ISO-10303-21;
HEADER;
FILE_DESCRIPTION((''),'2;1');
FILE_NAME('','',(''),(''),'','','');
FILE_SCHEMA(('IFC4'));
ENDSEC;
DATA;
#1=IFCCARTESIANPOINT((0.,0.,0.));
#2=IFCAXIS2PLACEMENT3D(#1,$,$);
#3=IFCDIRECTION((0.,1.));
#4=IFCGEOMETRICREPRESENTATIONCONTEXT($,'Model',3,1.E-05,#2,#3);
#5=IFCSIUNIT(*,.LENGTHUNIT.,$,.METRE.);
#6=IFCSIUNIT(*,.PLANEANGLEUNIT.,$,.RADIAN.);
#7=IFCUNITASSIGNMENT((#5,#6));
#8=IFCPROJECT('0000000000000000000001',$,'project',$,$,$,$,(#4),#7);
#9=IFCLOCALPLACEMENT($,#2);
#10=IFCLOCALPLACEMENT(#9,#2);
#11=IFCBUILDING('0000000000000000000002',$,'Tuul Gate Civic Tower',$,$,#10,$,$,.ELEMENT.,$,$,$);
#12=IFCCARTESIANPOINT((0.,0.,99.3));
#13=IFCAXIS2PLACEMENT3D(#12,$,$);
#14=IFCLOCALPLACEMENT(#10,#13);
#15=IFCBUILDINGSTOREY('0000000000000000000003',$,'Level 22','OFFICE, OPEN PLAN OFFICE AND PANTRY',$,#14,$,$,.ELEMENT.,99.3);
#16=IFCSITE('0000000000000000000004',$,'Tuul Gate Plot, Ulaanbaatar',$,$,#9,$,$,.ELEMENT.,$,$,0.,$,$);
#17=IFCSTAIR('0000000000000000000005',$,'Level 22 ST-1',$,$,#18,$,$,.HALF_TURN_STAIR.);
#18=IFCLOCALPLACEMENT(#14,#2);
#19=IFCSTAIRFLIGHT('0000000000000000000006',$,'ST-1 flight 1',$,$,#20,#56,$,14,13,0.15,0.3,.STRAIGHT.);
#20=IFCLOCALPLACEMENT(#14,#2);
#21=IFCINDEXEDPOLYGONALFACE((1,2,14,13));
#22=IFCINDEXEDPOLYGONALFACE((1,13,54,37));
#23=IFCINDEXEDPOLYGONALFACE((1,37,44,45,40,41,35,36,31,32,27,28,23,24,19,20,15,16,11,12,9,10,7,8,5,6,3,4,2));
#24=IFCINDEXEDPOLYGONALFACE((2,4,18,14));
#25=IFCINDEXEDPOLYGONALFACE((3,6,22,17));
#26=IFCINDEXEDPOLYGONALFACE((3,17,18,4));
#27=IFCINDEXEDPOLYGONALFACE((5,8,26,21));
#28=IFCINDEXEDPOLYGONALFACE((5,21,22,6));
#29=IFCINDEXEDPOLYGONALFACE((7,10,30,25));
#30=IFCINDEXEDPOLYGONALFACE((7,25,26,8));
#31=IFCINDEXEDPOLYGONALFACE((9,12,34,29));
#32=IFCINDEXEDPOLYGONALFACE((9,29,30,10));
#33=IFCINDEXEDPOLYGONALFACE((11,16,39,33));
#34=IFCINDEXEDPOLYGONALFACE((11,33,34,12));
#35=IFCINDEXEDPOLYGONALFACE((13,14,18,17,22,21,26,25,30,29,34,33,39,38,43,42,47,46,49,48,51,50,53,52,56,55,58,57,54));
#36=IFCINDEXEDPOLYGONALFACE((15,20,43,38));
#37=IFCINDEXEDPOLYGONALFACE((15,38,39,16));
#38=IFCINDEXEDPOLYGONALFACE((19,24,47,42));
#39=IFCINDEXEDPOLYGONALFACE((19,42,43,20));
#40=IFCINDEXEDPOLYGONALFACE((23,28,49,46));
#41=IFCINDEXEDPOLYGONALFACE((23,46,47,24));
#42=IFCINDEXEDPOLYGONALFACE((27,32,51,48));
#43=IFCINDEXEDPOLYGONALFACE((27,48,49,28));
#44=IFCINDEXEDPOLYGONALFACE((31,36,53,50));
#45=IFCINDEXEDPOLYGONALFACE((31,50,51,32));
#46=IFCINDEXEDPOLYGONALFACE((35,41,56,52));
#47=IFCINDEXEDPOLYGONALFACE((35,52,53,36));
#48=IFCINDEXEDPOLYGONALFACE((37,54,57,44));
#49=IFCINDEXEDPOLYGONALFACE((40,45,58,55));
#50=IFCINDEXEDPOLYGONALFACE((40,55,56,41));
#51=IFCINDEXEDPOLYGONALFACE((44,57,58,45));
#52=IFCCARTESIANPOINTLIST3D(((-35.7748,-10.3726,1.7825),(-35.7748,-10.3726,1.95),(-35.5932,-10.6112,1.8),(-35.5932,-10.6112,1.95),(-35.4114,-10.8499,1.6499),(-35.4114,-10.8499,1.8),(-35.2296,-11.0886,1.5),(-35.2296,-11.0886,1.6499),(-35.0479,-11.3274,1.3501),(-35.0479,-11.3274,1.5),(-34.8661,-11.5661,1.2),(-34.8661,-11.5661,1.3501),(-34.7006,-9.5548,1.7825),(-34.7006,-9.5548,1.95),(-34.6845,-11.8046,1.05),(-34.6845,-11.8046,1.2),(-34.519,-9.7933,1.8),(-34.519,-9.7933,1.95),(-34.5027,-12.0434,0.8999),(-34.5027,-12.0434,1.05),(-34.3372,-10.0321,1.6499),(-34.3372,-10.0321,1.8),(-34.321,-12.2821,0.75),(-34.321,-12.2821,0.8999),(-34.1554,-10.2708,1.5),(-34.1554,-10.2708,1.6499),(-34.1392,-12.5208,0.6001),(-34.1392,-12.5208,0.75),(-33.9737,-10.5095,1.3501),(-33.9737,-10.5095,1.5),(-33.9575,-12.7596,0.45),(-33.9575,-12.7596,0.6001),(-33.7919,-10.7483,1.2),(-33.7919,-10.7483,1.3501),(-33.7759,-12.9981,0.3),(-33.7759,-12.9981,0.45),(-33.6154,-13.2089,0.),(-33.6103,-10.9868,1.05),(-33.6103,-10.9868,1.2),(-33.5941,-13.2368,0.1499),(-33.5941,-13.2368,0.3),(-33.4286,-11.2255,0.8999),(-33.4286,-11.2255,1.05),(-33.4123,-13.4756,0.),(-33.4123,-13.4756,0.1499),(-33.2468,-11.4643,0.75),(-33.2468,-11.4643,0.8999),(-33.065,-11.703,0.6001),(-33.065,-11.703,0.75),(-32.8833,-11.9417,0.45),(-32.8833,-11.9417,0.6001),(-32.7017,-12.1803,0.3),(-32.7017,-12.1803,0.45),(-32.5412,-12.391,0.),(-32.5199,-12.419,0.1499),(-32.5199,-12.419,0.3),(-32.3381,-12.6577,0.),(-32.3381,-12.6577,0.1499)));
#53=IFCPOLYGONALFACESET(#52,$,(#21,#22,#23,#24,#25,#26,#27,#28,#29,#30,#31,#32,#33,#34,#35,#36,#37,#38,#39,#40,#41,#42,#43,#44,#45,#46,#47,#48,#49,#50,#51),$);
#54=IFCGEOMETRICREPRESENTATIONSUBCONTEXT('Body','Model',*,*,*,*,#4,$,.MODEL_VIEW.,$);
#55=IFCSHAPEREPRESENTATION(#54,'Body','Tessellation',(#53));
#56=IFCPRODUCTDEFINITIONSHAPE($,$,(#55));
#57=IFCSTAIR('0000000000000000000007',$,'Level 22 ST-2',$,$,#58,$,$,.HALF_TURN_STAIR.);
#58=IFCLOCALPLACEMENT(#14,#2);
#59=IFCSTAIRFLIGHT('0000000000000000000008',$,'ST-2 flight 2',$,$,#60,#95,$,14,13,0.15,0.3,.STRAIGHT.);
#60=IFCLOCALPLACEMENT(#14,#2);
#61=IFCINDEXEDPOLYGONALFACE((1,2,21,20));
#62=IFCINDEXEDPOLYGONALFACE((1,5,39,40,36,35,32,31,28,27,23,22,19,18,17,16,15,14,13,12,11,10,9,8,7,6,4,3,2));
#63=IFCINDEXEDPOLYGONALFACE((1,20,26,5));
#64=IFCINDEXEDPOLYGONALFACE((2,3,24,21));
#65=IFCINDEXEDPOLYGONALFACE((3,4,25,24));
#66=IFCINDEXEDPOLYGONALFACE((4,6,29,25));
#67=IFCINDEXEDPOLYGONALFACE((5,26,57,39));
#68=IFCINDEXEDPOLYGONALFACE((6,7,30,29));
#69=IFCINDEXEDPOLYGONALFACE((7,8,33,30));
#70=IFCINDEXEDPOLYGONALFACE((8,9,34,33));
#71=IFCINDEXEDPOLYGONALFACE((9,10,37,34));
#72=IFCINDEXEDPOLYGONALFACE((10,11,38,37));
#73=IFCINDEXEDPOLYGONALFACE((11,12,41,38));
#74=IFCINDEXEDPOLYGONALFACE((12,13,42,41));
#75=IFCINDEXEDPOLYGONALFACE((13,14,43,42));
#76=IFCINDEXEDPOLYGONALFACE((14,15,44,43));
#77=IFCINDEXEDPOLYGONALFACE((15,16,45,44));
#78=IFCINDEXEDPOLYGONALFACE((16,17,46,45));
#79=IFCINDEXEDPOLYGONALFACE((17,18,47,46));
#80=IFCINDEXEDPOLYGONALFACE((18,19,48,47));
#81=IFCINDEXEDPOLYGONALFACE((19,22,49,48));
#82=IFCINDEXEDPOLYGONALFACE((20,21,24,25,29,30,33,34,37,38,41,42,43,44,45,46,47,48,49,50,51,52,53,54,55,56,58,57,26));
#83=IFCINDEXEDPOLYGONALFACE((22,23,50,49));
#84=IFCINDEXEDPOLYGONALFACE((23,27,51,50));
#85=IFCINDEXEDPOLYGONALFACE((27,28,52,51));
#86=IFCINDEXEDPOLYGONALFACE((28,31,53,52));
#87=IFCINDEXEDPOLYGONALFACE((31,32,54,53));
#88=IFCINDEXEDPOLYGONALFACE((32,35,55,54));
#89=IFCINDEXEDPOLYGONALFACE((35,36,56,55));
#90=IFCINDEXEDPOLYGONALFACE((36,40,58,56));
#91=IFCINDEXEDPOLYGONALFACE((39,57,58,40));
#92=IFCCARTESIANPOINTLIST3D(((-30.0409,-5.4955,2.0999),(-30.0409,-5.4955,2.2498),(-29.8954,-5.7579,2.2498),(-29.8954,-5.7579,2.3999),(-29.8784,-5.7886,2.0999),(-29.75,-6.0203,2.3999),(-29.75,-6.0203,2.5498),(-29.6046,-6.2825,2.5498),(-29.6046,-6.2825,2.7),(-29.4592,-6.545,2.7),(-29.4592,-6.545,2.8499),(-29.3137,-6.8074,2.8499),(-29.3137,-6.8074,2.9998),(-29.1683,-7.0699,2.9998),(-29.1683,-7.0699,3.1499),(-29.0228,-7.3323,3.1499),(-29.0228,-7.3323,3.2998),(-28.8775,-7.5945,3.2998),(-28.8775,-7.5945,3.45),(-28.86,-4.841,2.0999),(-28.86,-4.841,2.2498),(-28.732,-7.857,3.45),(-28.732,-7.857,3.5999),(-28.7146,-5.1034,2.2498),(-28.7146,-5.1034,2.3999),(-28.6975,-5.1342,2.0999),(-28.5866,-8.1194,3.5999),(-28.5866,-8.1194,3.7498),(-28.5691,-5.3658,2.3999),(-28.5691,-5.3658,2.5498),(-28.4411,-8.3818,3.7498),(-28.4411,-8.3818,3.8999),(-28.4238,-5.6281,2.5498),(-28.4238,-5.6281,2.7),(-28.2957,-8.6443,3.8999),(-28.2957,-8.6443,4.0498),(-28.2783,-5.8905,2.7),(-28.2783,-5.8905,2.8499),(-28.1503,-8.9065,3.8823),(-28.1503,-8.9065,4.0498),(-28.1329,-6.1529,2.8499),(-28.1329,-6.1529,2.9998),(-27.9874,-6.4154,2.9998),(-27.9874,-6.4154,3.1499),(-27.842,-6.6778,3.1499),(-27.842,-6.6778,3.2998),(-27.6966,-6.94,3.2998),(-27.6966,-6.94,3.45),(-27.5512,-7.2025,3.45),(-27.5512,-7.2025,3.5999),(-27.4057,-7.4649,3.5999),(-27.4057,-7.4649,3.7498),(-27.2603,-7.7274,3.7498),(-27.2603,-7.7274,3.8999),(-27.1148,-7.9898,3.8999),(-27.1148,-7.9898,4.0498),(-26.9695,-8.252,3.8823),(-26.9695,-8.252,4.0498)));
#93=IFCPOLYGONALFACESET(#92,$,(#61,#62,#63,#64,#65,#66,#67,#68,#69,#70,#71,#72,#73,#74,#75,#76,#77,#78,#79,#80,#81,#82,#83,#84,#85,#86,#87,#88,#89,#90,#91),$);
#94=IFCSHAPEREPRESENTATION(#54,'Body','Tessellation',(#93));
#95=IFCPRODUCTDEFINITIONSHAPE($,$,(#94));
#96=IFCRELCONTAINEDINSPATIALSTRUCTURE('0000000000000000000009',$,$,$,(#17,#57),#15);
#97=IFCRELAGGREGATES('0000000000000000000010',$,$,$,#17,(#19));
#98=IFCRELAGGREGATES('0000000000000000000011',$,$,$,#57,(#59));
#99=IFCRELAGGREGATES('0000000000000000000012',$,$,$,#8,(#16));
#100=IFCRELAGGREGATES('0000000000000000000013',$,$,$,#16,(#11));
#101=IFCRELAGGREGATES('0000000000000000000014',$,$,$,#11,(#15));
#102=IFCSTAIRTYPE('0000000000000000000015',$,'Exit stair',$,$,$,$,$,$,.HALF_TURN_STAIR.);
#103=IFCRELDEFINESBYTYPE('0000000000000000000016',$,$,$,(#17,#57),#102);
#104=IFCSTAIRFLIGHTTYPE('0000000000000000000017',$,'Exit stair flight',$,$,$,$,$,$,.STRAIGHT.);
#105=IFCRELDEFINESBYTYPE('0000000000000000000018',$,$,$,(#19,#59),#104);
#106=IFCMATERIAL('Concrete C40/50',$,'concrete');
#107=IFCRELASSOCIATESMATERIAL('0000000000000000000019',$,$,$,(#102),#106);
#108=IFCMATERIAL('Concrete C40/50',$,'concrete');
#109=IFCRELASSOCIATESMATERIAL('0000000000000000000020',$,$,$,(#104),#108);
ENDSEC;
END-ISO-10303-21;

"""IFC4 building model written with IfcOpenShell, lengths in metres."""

from ifc_helpers import new_model, si_unit, direction, frame, origin, place, context, subcontext, project, spatial, polyline, outline, extrude, material, type_object, element, aggregate, save


model = new_model("IFC4")

# Units and contexts
model_context = context("Model", 3, precision=1e-05, world=origin(), true_north=direction((0.0, 1.0)))
body_context = subcontext(model_context, "Body", "Model", "MODEL_VIEW")
ifc_project = project(units=[si_unit("LENGTHUNIT", "METRE"), si_unit("PLANEANGLEUNIT", "RADIAN")], contexts=[model_context])

# Site, building, storey
site_placement = place(None, origin())
site = spatial("IfcSite", under=ifc_project, at=site_placement, Name="Tuul Gate Plot, Ulaanbaatar", CompositionType="ELEMENT", RefElevation=0.0)
building_placement = place(site_placement, origin())
building = spatial("IfcBuilding", under=site, at=building_placement, Name="Tuul Gate Civic Tower", CompositionType="ELEMENT")
storey_placement = place(building_placement, frame((0.0, 0.0, 99.3)))
storey = spatial("IfcBuildingStorey", under=building, at=storey_placement, Name="Level 22", Description="OFFICE, OPEN PLAN OFFICE AND PANTRY", CompositionType="ELEMENT", Elevation=99.3)

# Stairs, stair flights
ifc_material_1 = material(Name="Concrete C40/50", Category="concrete")
stair_type = type_object("IfcStairType", Name="Exit stair", PredefinedType="HALF_TURN_STAIR", material=ifc_material_1)
stair_1_placement = place(storey_placement, origin())
stair_1 = element("IfcStair", 1, at=stair_1_placement, inside=storey, type_object=stair_type, Name="Level 22 ST-1", PredefinedType="HALF_TURN_STAIR")
ifc_material_2 = material(Name="Concrete C40/50", Category="concrete")
stair_flight_type = type_object("IfcStairFlightType", Name="Exit stair flight", PredefinedType="STRAIGHT", material=ifc_material_2)
stair_flight_1_placement = place(storey_placement, frame((-32.8752, -13.0667, 0.0), z_axis=(0.0, 0.0, 1.0), x_axis=(-0.605764, 0.795644, 0.0)))
stair_flight_1 = element("IfcStairFlight", 2, at=stair_flight_1_placement, type_object=stair_flight_type, Name="ST-1 flight 1", NumberOfRisers=14, NumberOfTreads=13, PredefinedType="STRAIGHT", RiserHeight=0.15, TreadLength=0.3, context=body_context, shape_type="SweptSolid", body=[
    extrude(outline(polyline([(0.0, 0.0), (0.0, 0.1499), (0.3, 0.1499), (0.3, 0.3), (0.6001, 0.3), (0.6001, 0.45), (0.8999, 0.45), (0.8999, 0.6001), (1.2, 0.6001), (1.2, 0.75), (1.5, 0.75), (1.5, 0.8999), (1.8, 0.8999), (1.8, 1.05), (2.1001, 1.05), (2.1001, 1.2), (2.3999, 1.2), (2.3999, 1.3501), (2.7, 1.3501), (2.7, 1.5), (3.0, 1.5), (3.0, 1.6499), (3.3, 1.6499), (3.3, 1.8), (3.6001, 1.8), (3.6001, 1.95), (3.8999, 1.95), (3.8999, 2.1001), (3.8999, 1.7825), (0.3352, 0.0), (0.0, 0.0)])), frame((0.0, 0.675, 0.0), z_axis=(0.0, -1.0, 0.0), x_axis=(1.0, 0.0, 0.0)), (0.0, 0.0, 1.0), 1.3501),
])
aggregate(stair_1, [stair_flight_1])
stair_2_placement = place(storey_placement, origin())
stair_2 = element("IfcStair", 3, at=stair_2_placement, inside=storey, type_object=stair_type, Name="Level 22 ST-2", PredefinedType="HALF_TURN_STAIR")
stair_flight_2_placement = place(storey_placement, frame((-29.4504, -5.1682, 2.0999), z_axis=(0.0, 0.0, 1.0), x_axis=(0.484762, -0.874646, 0.0)))
stair_flight_2 = element("IfcStairFlight", 4, at=stair_flight_2_placement, type_object=stair_flight_type, Name="ST-2 flight 2", NumberOfRisers=14, NumberOfTreads=13, PredefinedType="STRAIGHT", RiserHeight=0.15, TreadLength=0.3, context=body_context, shape_type="SweptSolid", body=[
    extrude(outline(polyline([(0.0, 0.0), (0.0, 0.1499), (0.3, 0.1499), (0.3, 0.3), (0.6001, 0.3), (0.6001, 0.45), (0.8999, 0.45), (0.8999, 0.6001), (1.2, 0.6001), (1.2, 0.75), (1.5, 0.75), (1.5, 0.8999), (1.8, 0.8999), (1.8, 1.05), (2.1001, 1.05), (2.1001, 1.2), (2.3999, 1.2), (2.3999, 1.3501), (2.7, 1.3501), (2.7, 1.5), (3.0, 1.5), (3.0, 1.6499), (3.3, 1.6499), (3.3, 1.8), (3.6001, 1.8), (3.6001, 1.95), (3.8999, 1.95), (3.8999, 2.1001), (3.8999, 1.7825), (0.3352, 0.0), (0.0, 0.0)])), frame((0.0, 0.675, 0.0), z_axis=(0.0, -1.0, 0.0), x_axis=(1.0, 0.0, 0.0)), (0.0, 0.0, 1.0), 1.3501),
])
aggregate(stair_2, [stair_flight_2])

save(model, "model.ifc")
